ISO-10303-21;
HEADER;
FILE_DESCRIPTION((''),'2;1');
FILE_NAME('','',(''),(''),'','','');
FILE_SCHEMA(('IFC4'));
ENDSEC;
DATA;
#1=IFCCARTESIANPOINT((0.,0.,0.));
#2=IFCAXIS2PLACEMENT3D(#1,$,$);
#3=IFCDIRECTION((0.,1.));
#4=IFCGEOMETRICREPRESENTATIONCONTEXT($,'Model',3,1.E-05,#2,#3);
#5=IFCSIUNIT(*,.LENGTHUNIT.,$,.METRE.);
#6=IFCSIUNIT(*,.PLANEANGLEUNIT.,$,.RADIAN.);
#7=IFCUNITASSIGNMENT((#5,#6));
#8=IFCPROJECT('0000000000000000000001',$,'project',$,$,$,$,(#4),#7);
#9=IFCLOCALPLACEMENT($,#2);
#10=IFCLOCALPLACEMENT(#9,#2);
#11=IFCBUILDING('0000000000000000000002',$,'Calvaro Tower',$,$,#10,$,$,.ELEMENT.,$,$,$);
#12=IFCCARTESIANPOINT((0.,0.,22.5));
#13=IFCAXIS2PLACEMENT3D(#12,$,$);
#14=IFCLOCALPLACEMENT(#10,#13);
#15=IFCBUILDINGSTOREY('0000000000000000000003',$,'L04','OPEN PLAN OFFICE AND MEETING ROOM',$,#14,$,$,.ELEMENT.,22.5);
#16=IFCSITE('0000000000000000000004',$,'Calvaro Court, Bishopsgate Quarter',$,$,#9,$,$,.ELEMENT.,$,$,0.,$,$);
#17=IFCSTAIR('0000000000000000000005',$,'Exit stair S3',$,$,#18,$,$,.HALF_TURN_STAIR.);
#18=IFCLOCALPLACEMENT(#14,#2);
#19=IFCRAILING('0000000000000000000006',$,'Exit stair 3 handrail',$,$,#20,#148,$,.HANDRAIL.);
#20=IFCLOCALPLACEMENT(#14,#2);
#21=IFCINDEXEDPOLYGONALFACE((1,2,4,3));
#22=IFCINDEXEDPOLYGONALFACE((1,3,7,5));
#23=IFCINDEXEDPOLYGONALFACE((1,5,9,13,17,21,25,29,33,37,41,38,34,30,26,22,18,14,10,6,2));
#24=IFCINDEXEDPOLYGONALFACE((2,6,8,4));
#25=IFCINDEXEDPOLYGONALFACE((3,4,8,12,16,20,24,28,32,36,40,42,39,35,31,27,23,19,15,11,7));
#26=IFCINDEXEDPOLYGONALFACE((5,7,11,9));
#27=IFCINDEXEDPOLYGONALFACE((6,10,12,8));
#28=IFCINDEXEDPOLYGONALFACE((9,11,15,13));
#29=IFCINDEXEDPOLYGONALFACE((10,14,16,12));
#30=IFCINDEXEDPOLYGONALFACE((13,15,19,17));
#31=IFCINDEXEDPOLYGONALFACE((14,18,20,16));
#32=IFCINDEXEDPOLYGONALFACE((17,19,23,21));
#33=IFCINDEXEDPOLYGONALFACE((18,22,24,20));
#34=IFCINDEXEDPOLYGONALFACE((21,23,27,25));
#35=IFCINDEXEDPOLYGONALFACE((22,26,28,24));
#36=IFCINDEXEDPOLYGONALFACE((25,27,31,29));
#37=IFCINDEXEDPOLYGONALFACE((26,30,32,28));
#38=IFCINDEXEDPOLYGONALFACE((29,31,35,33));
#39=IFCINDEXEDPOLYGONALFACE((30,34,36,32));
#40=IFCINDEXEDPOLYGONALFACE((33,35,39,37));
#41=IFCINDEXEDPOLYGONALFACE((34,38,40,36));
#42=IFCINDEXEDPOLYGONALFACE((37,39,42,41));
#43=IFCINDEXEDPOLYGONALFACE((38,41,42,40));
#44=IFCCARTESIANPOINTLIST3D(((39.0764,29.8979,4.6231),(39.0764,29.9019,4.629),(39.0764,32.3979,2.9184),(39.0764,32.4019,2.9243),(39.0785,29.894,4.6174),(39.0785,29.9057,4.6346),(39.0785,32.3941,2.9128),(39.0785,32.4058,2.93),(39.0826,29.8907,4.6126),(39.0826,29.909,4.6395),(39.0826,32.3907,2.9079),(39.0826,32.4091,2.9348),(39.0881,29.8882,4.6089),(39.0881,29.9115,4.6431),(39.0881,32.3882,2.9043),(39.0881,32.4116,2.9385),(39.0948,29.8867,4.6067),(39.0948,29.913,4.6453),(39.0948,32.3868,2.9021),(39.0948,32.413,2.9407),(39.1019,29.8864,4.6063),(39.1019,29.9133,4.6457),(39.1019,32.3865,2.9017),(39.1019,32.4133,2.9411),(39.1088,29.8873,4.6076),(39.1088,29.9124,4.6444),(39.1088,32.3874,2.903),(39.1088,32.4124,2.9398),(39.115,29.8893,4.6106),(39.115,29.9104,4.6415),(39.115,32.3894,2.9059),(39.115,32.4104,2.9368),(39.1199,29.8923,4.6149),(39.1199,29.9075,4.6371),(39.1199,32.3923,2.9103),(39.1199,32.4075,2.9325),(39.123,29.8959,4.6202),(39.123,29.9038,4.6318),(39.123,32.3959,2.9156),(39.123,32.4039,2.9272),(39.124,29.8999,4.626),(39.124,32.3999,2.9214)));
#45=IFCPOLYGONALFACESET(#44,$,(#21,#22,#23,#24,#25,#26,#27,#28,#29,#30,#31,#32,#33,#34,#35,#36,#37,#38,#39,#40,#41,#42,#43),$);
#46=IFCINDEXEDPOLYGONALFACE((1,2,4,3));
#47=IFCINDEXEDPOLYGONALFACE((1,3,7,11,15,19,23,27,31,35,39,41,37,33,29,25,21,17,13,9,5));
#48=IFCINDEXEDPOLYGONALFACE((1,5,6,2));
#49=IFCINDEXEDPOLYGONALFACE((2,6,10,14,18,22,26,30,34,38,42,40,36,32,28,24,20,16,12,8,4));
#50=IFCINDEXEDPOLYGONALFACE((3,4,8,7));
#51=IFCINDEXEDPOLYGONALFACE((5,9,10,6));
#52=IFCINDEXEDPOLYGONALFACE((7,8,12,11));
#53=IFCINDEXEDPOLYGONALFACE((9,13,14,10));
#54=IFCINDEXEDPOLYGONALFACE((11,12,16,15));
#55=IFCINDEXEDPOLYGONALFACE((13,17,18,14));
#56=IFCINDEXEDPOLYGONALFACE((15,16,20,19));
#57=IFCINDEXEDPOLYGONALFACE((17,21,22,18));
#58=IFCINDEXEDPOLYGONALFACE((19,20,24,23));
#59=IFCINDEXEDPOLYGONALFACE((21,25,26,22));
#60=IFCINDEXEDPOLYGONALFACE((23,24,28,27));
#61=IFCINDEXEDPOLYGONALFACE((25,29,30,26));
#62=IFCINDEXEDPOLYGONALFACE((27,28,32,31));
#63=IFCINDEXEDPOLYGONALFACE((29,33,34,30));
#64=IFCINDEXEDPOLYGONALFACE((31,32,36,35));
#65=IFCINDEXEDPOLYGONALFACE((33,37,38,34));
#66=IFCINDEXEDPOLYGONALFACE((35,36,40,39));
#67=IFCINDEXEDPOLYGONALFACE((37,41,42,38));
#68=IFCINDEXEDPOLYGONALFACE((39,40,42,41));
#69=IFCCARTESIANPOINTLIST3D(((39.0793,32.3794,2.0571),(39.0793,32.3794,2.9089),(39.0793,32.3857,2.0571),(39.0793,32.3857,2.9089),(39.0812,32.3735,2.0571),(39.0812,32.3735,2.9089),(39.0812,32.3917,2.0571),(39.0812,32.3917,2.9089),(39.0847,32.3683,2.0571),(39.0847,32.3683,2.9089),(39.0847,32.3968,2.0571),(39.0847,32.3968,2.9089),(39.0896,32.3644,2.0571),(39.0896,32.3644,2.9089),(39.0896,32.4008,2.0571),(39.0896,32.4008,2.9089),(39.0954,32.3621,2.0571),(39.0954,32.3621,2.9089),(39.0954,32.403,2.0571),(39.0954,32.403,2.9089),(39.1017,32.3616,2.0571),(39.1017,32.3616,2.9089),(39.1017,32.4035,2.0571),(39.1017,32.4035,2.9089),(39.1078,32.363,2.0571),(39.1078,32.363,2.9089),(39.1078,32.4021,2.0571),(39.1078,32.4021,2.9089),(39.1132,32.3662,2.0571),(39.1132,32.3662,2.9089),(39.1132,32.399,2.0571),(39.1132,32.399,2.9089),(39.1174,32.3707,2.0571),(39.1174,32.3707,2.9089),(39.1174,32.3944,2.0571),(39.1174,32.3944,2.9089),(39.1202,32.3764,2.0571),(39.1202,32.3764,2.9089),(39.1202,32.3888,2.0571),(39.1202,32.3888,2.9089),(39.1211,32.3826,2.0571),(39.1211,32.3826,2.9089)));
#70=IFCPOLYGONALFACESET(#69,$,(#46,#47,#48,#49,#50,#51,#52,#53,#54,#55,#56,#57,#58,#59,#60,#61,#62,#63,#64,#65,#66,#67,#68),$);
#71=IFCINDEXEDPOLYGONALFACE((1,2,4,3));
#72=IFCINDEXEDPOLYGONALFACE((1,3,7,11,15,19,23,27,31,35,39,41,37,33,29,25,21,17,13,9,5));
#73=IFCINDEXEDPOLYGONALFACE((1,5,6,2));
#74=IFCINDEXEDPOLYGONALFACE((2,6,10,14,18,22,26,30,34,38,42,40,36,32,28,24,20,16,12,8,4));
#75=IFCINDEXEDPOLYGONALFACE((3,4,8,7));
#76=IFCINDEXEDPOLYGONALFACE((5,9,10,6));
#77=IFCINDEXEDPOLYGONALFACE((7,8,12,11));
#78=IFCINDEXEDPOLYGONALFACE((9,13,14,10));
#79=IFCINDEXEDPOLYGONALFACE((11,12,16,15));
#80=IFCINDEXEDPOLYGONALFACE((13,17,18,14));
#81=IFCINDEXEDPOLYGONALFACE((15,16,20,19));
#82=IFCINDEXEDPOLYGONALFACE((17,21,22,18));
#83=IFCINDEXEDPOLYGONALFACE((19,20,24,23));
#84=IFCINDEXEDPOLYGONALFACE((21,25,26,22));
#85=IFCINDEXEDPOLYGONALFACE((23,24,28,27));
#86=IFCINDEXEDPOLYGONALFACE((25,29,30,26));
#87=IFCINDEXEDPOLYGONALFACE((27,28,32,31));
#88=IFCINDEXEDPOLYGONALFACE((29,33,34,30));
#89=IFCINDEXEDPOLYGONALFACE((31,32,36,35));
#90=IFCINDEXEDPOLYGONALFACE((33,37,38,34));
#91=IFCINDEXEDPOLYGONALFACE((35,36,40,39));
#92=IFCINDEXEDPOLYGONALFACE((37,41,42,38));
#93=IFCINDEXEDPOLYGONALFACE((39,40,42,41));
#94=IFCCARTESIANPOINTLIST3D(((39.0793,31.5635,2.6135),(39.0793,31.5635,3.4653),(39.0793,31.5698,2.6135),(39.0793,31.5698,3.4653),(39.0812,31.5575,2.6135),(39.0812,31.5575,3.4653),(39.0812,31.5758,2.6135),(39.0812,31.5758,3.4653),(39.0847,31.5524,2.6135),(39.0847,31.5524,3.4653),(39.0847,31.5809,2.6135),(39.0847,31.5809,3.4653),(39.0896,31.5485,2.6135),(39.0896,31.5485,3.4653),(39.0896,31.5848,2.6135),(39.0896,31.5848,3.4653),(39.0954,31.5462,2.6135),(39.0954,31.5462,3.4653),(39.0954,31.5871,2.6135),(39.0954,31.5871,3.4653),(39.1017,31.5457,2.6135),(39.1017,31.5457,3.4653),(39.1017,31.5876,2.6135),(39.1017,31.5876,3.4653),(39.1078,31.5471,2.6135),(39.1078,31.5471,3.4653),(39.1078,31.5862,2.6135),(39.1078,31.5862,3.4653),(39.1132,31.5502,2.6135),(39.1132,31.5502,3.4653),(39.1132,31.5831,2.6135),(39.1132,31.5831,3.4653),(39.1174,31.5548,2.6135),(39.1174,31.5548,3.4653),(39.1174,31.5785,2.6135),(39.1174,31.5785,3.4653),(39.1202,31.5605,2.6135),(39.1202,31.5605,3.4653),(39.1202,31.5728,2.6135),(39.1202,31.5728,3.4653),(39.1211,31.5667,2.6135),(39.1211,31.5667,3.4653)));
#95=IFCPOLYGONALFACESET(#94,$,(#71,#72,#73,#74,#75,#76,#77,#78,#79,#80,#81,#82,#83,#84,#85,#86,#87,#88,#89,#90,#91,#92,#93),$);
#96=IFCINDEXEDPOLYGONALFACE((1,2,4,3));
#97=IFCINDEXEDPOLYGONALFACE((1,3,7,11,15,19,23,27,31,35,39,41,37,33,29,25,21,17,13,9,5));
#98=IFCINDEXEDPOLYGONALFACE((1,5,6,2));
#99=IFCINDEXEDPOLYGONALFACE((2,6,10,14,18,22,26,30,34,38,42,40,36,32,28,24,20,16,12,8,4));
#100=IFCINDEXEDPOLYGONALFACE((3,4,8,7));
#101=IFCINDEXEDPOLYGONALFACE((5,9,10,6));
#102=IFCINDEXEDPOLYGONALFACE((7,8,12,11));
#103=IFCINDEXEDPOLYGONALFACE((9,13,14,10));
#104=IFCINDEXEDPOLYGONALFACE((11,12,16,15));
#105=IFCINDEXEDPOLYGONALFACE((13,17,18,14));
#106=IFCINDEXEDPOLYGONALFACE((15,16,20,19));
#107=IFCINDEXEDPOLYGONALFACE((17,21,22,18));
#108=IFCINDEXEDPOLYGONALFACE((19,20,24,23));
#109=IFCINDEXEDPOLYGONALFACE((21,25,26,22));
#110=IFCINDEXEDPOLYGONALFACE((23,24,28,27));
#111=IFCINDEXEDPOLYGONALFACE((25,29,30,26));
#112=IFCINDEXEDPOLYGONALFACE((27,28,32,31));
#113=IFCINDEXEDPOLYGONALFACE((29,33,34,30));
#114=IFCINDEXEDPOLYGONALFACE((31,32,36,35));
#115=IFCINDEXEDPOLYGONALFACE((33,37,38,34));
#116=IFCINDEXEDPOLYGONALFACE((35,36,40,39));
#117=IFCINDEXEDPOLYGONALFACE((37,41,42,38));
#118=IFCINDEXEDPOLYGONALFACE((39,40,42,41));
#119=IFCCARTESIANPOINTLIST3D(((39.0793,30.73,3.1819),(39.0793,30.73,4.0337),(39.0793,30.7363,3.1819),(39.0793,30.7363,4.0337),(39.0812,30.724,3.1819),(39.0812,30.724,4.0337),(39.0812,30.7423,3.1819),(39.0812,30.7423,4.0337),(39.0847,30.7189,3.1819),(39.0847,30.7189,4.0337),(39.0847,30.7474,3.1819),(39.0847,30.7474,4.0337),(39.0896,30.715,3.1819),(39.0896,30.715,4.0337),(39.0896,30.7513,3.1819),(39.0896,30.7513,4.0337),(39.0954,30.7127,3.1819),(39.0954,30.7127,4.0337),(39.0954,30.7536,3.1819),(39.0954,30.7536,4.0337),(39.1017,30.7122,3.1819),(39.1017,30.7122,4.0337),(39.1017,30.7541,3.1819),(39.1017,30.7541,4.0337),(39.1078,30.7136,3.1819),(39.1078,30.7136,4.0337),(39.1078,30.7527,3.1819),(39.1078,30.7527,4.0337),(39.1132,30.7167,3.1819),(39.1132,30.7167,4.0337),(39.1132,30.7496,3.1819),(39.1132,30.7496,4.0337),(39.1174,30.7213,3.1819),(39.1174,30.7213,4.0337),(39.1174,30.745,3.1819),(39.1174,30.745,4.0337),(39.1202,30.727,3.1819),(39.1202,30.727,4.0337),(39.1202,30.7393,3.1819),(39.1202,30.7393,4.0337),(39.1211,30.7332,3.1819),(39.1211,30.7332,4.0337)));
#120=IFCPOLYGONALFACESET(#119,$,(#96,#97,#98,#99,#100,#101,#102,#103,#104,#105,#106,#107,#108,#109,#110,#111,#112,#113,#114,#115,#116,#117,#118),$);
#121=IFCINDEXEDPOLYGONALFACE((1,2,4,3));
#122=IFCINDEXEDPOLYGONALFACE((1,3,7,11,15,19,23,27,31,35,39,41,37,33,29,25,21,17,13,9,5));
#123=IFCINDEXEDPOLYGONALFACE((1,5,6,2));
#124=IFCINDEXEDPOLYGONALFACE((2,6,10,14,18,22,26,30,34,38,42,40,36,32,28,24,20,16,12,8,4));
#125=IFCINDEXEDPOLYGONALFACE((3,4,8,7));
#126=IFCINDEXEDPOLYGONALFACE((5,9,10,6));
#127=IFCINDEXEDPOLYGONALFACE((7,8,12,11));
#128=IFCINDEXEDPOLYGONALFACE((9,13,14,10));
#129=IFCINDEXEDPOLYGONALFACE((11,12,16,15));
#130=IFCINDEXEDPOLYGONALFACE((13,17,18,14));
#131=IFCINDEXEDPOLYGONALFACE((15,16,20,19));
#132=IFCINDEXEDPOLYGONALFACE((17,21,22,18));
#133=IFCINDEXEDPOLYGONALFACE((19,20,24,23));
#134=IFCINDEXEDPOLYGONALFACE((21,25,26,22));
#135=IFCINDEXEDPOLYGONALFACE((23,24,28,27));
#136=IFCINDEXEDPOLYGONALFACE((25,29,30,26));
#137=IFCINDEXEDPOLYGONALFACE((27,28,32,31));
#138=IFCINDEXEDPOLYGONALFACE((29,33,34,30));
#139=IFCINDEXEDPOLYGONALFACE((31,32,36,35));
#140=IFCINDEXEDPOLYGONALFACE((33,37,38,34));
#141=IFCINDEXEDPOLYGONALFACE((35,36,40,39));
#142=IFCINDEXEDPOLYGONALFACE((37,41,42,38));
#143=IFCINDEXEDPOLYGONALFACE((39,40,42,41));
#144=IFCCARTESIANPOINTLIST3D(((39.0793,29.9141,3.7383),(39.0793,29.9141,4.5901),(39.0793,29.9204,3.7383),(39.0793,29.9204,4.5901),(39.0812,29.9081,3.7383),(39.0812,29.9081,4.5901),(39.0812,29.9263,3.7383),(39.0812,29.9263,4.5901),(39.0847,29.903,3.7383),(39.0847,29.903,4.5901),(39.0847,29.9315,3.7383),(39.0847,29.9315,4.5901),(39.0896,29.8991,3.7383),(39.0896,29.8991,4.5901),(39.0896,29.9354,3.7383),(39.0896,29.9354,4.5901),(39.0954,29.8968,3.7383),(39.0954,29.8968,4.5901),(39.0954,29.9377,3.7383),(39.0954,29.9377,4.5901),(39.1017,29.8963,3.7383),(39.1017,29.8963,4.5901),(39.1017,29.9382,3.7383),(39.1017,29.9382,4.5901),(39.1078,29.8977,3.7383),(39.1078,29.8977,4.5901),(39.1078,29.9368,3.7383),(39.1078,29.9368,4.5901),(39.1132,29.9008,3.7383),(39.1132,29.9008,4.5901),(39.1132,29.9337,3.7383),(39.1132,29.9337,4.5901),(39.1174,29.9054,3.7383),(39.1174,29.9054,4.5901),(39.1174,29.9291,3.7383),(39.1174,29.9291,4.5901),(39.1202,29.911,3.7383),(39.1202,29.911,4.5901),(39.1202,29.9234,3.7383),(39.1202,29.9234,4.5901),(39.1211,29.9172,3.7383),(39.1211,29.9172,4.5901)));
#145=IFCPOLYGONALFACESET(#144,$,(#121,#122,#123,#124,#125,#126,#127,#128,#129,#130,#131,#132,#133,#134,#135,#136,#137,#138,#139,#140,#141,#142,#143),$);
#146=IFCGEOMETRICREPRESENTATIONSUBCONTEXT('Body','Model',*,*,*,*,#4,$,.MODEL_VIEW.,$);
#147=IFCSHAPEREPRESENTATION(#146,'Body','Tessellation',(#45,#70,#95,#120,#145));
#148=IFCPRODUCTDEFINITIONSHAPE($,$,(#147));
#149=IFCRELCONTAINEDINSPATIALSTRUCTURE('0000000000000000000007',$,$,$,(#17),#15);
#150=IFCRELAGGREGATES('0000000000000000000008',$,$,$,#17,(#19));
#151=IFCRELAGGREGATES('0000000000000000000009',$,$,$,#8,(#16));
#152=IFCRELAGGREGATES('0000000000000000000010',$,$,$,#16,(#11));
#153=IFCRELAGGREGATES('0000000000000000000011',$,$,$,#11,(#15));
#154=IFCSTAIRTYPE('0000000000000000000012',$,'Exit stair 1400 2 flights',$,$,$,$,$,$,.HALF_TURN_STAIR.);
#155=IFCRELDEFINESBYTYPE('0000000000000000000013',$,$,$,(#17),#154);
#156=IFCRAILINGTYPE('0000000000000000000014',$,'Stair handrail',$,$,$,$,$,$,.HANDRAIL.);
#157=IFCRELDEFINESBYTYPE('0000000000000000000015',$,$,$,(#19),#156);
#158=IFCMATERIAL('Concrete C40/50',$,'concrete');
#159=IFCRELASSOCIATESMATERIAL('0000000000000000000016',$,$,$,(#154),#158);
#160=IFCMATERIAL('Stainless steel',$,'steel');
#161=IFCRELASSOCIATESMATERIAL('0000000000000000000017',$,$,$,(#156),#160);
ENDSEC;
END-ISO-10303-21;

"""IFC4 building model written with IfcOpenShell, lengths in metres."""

from ifc_helpers import new_model, si_unit, direction, frame, origin, origin_2d, place, context, subcontext, project, spatial, circle, extrude, material, type_object, element, aggregate, save


model = new_model("IFC4")

# Units and contexts
model_context = context("Model", 3, precision=1e-05, world=origin(), true_north=direction((0.0, 1.0)))
body_context = subcontext(model_context, "Body", "Model", "MODEL_VIEW")
ifc_project = project(units=[si_unit("LENGTHUNIT", "METRE"), si_unit("PLANEANGLEUNIT", "RADIAN")], contexts=[model_context])

# Site, building, storey
site_placement = place(None, origin())
site = spatial("IfcSite", under=ifc_project, at=site_placement, Name="Calvaro Court, Bishopsgate Quarter", CompositionType="ELEMENT", RefElevation=0.0)
building_placement = place(site_placement, origin())
building = spatial("IfcBuilding", under=site, at=building_placement, Name="Calvaro Tower", CompositionType="ELEMENT")
storey_placement = place(building_placement, frame((0.0, 0.0, 22.5)))
storey = spatial("IfcBuildingStorey", under=building, at=storey_placement, Name="L04", Description="OPEN PLAN OFFICE AND MEETING ROOM", CompositionType="ELEMENT", Elevation=22.5)

# Stair
ifc_material_1 = material(Name="Concrete C40/50", Category="concrete")
stair_type = type_object("IfcStairType", Name="Exit stair 1400 2 flights", PredefinedType="HALF_TURN_STAIR", material=ifc_material_1)
stair_1_placement = place(storey_placement, origin())
stair_1 = element("IfcStair", 1, at=stair_1_placement, inside=storey, type_object=stair_type, Name="Exit stair S3", PredefinedType="HALF_TURN_STAIR")

# Railing
ifc_material_2 = material(Name="Stainless steel", Category="steel")
railing_type = type_object("IfcRailingType", Name="Stair handrail", PredefinedType="HANDRAIL", material=ifc_material_2)
railing_1_placement = place(storey_placement, frame((39.1001, 32.3999, 2.0454)))
railing_1 = element("IfcRailing", 2, at=railing_1_placement, type_object=railing_type, Name="Exit stair 3 handrail", PredefinedType="HANDRAIL", context=body_context, shape_type="SweptSolid", body=[
    extrude(circle(Radius=0.0239, at=origin_2d()), frame((0.0, 0.0, 0.876), z_axis=(0.0, -0.826221, 0.563347), x_axis=(1.0, 0.0, 0.0)), (0.0, 0.0, 1.0), 3.0259),
    extrude(circle(Radius=0.021, at=origin_2d()), frame((0.0, -0.0173, 0.0117)), (0.0, 0.0, 1.0), 0.8518),
    extrude(circle(Radius=0.021, at=origin_2d()), frame((0.0, -0.8333, 0.5681)), (0.0, 0.0, 1.0), 0.8518),
    extrude(circle(Radius=0.021, at=origin_2d()), frame((0.0, -1.6667, 1.1365)), (0.0, 0.0, 1.0), 0.8518),
    extrude(circle(Radius=0.021, at=origin_2d()), frame((0.0, -2.4827, 1.6929)), (0.0, 0.0, 1.0), 0.8518),
])
aggregate(stair_1, [railing_1])

save(model, "model.ifc")
